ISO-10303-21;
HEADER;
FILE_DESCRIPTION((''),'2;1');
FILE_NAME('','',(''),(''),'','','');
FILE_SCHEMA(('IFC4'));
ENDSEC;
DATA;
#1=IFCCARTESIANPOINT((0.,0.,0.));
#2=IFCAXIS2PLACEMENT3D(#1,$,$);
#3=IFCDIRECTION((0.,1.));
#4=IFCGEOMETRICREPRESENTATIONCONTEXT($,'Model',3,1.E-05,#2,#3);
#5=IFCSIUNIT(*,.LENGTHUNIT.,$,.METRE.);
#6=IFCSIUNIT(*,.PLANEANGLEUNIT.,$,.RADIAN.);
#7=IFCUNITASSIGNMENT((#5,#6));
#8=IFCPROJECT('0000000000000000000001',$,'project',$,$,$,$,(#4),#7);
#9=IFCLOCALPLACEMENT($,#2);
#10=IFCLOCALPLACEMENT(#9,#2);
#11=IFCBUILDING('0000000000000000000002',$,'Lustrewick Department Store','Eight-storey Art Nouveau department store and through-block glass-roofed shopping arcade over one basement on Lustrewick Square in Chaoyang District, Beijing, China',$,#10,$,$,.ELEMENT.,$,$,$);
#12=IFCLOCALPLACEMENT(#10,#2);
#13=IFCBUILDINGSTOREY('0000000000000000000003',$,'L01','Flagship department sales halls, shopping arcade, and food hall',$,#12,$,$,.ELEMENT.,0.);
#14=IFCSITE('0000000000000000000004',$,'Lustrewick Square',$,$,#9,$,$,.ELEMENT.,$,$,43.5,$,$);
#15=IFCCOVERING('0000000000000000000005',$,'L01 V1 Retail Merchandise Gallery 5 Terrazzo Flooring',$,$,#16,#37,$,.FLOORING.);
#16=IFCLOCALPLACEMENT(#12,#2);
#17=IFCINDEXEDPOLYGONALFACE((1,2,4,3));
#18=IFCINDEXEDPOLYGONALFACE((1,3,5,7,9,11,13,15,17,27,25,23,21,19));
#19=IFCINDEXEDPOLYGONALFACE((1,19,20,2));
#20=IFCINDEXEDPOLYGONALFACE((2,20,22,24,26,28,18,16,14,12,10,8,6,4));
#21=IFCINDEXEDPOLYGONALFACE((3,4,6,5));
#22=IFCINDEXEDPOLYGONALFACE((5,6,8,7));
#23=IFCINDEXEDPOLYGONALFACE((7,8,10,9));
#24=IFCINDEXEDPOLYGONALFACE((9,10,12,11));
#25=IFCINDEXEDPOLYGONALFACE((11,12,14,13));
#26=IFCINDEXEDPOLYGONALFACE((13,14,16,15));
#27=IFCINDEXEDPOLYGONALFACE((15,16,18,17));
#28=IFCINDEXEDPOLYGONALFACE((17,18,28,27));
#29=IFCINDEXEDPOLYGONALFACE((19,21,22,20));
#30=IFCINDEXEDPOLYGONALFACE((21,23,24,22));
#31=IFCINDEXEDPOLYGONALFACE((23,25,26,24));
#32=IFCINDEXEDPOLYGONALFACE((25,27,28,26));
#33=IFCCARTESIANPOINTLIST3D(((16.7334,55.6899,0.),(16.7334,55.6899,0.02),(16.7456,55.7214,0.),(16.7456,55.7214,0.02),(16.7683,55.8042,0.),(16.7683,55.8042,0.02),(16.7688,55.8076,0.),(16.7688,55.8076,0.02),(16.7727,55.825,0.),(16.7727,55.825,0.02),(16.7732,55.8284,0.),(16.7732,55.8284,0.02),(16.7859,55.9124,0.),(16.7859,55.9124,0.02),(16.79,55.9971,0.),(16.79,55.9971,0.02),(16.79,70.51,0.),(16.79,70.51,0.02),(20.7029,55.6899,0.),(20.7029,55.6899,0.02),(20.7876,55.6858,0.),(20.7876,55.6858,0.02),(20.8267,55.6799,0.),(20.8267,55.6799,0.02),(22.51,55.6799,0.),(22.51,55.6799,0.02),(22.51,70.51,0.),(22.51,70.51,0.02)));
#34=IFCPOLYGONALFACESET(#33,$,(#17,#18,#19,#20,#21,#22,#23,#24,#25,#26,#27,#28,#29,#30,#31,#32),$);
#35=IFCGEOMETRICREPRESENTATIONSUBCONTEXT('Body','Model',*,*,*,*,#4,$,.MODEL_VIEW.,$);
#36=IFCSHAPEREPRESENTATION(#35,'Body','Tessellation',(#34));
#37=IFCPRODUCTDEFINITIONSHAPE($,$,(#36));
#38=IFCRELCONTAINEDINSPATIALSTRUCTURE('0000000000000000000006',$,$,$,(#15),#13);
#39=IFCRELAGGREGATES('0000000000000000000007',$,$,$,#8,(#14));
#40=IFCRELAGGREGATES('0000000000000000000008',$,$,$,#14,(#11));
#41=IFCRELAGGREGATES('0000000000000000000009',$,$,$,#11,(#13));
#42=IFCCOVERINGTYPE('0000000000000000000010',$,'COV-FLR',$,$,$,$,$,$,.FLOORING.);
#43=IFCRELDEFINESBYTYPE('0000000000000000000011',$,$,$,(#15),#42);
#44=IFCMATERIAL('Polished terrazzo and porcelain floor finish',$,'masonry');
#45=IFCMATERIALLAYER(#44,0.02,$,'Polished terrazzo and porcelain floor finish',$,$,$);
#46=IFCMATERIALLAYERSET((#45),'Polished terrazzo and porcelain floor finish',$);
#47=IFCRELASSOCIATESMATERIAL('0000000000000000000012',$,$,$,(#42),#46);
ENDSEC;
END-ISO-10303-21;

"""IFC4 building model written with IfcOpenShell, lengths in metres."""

from ifc_helpers import new_model, si_unit, direction, origin, place, context, subcontext, project, spatial, polyline, outline, extrude, material, layer, layer_set, type_object, element, save


model = new_model("IFC4")

# Units and contexts
model_context = context("Model", 3, precision=1e-05, world=origin(), true_north=direction((0.0, 1.0)))
body_context = subcontext(model_context, "Body", "Model", "MODEL_VIEW")
ifc_project = project(units=[si_unit("LENGTHUNIT", "METRE"), si_unit("PLANEANGLEUNIT", "RADIAN")], contexts=[model_context])

# Site, building, storey
site_placement = place(None, origin())
site = spatial("IfcSite", under=ifc_project, at=site_placement, Name="Lustrewick Square", CompositionType="ELEMENT", RefElevation=43.5)
building_placement = place(site_placement, origin())
building = spatial("IfcBuilding", under=site, at=building_placement, Name="Lustrewick Department Store", Description="Eight-storey Art Nouveau department store and through-block glass-roofed shopping arcade over one basement on Lustrewick Square in Chaoyang District, Beijing, China", CompositionType="ELEMENT")
storey_placement = place(building_placement, origin())
storey = spatial("IfcBuildingStorey", under=building, at=storey_placement, Name="L01", Description="Flagship department sales halls, shopping arcade, and food hall", CompositionType="ELEMENT", Elevation=0.0)

# Covering
ifc_material_1 = material(Name="Polished terrazzo and porcelain floor finish", Category="masonry")
ifc_layer_1 = layer(ifc_material_1, 0.02, Name="Polished terrazzo and porcelain floor finish")
ifc_layer_set_1 = layer_set([ifc_layer_1], Name="Polished terrazzo and porcelain floor finish")
covering_type_1 = type_object("IfcCoveringType", Name="COV-FLR", PredefinedType="FLOORING", material=ifc_layer_set_1)
covering_1_placement = place(storey_placement, origin())
element("IfcCovering", 1, at=covering_1_placement, inside=storey, type_object=covering_type_1, Name="L01 V1 Retail Merchandise Gallery 5 Terrazzo Flooring", PredefinedType="FLOORING", context=body_context, shape_type="SweptSolid", body=[
    extrude(outline(polyline([(20.7029, 55.6899), (20.7876, 55.6858), (20.8267, 55.6799), (22.51, 55.6799), (22.51, 70.51), (16.79, 70.51), (16.79, 55.9971), (16.7859, 55.9124), (16.7732, 55.8284), (16.7727, 55.825), (16.7688, 55.8076), (16.7683, 55.8042), (16.7456, 55.7214), (16.7334, 55.6899), (20.7029, 55.6899)])), origin(), (0.0, 0.0, 1.0), 0.02),
])

save(model, "model.ifc")
